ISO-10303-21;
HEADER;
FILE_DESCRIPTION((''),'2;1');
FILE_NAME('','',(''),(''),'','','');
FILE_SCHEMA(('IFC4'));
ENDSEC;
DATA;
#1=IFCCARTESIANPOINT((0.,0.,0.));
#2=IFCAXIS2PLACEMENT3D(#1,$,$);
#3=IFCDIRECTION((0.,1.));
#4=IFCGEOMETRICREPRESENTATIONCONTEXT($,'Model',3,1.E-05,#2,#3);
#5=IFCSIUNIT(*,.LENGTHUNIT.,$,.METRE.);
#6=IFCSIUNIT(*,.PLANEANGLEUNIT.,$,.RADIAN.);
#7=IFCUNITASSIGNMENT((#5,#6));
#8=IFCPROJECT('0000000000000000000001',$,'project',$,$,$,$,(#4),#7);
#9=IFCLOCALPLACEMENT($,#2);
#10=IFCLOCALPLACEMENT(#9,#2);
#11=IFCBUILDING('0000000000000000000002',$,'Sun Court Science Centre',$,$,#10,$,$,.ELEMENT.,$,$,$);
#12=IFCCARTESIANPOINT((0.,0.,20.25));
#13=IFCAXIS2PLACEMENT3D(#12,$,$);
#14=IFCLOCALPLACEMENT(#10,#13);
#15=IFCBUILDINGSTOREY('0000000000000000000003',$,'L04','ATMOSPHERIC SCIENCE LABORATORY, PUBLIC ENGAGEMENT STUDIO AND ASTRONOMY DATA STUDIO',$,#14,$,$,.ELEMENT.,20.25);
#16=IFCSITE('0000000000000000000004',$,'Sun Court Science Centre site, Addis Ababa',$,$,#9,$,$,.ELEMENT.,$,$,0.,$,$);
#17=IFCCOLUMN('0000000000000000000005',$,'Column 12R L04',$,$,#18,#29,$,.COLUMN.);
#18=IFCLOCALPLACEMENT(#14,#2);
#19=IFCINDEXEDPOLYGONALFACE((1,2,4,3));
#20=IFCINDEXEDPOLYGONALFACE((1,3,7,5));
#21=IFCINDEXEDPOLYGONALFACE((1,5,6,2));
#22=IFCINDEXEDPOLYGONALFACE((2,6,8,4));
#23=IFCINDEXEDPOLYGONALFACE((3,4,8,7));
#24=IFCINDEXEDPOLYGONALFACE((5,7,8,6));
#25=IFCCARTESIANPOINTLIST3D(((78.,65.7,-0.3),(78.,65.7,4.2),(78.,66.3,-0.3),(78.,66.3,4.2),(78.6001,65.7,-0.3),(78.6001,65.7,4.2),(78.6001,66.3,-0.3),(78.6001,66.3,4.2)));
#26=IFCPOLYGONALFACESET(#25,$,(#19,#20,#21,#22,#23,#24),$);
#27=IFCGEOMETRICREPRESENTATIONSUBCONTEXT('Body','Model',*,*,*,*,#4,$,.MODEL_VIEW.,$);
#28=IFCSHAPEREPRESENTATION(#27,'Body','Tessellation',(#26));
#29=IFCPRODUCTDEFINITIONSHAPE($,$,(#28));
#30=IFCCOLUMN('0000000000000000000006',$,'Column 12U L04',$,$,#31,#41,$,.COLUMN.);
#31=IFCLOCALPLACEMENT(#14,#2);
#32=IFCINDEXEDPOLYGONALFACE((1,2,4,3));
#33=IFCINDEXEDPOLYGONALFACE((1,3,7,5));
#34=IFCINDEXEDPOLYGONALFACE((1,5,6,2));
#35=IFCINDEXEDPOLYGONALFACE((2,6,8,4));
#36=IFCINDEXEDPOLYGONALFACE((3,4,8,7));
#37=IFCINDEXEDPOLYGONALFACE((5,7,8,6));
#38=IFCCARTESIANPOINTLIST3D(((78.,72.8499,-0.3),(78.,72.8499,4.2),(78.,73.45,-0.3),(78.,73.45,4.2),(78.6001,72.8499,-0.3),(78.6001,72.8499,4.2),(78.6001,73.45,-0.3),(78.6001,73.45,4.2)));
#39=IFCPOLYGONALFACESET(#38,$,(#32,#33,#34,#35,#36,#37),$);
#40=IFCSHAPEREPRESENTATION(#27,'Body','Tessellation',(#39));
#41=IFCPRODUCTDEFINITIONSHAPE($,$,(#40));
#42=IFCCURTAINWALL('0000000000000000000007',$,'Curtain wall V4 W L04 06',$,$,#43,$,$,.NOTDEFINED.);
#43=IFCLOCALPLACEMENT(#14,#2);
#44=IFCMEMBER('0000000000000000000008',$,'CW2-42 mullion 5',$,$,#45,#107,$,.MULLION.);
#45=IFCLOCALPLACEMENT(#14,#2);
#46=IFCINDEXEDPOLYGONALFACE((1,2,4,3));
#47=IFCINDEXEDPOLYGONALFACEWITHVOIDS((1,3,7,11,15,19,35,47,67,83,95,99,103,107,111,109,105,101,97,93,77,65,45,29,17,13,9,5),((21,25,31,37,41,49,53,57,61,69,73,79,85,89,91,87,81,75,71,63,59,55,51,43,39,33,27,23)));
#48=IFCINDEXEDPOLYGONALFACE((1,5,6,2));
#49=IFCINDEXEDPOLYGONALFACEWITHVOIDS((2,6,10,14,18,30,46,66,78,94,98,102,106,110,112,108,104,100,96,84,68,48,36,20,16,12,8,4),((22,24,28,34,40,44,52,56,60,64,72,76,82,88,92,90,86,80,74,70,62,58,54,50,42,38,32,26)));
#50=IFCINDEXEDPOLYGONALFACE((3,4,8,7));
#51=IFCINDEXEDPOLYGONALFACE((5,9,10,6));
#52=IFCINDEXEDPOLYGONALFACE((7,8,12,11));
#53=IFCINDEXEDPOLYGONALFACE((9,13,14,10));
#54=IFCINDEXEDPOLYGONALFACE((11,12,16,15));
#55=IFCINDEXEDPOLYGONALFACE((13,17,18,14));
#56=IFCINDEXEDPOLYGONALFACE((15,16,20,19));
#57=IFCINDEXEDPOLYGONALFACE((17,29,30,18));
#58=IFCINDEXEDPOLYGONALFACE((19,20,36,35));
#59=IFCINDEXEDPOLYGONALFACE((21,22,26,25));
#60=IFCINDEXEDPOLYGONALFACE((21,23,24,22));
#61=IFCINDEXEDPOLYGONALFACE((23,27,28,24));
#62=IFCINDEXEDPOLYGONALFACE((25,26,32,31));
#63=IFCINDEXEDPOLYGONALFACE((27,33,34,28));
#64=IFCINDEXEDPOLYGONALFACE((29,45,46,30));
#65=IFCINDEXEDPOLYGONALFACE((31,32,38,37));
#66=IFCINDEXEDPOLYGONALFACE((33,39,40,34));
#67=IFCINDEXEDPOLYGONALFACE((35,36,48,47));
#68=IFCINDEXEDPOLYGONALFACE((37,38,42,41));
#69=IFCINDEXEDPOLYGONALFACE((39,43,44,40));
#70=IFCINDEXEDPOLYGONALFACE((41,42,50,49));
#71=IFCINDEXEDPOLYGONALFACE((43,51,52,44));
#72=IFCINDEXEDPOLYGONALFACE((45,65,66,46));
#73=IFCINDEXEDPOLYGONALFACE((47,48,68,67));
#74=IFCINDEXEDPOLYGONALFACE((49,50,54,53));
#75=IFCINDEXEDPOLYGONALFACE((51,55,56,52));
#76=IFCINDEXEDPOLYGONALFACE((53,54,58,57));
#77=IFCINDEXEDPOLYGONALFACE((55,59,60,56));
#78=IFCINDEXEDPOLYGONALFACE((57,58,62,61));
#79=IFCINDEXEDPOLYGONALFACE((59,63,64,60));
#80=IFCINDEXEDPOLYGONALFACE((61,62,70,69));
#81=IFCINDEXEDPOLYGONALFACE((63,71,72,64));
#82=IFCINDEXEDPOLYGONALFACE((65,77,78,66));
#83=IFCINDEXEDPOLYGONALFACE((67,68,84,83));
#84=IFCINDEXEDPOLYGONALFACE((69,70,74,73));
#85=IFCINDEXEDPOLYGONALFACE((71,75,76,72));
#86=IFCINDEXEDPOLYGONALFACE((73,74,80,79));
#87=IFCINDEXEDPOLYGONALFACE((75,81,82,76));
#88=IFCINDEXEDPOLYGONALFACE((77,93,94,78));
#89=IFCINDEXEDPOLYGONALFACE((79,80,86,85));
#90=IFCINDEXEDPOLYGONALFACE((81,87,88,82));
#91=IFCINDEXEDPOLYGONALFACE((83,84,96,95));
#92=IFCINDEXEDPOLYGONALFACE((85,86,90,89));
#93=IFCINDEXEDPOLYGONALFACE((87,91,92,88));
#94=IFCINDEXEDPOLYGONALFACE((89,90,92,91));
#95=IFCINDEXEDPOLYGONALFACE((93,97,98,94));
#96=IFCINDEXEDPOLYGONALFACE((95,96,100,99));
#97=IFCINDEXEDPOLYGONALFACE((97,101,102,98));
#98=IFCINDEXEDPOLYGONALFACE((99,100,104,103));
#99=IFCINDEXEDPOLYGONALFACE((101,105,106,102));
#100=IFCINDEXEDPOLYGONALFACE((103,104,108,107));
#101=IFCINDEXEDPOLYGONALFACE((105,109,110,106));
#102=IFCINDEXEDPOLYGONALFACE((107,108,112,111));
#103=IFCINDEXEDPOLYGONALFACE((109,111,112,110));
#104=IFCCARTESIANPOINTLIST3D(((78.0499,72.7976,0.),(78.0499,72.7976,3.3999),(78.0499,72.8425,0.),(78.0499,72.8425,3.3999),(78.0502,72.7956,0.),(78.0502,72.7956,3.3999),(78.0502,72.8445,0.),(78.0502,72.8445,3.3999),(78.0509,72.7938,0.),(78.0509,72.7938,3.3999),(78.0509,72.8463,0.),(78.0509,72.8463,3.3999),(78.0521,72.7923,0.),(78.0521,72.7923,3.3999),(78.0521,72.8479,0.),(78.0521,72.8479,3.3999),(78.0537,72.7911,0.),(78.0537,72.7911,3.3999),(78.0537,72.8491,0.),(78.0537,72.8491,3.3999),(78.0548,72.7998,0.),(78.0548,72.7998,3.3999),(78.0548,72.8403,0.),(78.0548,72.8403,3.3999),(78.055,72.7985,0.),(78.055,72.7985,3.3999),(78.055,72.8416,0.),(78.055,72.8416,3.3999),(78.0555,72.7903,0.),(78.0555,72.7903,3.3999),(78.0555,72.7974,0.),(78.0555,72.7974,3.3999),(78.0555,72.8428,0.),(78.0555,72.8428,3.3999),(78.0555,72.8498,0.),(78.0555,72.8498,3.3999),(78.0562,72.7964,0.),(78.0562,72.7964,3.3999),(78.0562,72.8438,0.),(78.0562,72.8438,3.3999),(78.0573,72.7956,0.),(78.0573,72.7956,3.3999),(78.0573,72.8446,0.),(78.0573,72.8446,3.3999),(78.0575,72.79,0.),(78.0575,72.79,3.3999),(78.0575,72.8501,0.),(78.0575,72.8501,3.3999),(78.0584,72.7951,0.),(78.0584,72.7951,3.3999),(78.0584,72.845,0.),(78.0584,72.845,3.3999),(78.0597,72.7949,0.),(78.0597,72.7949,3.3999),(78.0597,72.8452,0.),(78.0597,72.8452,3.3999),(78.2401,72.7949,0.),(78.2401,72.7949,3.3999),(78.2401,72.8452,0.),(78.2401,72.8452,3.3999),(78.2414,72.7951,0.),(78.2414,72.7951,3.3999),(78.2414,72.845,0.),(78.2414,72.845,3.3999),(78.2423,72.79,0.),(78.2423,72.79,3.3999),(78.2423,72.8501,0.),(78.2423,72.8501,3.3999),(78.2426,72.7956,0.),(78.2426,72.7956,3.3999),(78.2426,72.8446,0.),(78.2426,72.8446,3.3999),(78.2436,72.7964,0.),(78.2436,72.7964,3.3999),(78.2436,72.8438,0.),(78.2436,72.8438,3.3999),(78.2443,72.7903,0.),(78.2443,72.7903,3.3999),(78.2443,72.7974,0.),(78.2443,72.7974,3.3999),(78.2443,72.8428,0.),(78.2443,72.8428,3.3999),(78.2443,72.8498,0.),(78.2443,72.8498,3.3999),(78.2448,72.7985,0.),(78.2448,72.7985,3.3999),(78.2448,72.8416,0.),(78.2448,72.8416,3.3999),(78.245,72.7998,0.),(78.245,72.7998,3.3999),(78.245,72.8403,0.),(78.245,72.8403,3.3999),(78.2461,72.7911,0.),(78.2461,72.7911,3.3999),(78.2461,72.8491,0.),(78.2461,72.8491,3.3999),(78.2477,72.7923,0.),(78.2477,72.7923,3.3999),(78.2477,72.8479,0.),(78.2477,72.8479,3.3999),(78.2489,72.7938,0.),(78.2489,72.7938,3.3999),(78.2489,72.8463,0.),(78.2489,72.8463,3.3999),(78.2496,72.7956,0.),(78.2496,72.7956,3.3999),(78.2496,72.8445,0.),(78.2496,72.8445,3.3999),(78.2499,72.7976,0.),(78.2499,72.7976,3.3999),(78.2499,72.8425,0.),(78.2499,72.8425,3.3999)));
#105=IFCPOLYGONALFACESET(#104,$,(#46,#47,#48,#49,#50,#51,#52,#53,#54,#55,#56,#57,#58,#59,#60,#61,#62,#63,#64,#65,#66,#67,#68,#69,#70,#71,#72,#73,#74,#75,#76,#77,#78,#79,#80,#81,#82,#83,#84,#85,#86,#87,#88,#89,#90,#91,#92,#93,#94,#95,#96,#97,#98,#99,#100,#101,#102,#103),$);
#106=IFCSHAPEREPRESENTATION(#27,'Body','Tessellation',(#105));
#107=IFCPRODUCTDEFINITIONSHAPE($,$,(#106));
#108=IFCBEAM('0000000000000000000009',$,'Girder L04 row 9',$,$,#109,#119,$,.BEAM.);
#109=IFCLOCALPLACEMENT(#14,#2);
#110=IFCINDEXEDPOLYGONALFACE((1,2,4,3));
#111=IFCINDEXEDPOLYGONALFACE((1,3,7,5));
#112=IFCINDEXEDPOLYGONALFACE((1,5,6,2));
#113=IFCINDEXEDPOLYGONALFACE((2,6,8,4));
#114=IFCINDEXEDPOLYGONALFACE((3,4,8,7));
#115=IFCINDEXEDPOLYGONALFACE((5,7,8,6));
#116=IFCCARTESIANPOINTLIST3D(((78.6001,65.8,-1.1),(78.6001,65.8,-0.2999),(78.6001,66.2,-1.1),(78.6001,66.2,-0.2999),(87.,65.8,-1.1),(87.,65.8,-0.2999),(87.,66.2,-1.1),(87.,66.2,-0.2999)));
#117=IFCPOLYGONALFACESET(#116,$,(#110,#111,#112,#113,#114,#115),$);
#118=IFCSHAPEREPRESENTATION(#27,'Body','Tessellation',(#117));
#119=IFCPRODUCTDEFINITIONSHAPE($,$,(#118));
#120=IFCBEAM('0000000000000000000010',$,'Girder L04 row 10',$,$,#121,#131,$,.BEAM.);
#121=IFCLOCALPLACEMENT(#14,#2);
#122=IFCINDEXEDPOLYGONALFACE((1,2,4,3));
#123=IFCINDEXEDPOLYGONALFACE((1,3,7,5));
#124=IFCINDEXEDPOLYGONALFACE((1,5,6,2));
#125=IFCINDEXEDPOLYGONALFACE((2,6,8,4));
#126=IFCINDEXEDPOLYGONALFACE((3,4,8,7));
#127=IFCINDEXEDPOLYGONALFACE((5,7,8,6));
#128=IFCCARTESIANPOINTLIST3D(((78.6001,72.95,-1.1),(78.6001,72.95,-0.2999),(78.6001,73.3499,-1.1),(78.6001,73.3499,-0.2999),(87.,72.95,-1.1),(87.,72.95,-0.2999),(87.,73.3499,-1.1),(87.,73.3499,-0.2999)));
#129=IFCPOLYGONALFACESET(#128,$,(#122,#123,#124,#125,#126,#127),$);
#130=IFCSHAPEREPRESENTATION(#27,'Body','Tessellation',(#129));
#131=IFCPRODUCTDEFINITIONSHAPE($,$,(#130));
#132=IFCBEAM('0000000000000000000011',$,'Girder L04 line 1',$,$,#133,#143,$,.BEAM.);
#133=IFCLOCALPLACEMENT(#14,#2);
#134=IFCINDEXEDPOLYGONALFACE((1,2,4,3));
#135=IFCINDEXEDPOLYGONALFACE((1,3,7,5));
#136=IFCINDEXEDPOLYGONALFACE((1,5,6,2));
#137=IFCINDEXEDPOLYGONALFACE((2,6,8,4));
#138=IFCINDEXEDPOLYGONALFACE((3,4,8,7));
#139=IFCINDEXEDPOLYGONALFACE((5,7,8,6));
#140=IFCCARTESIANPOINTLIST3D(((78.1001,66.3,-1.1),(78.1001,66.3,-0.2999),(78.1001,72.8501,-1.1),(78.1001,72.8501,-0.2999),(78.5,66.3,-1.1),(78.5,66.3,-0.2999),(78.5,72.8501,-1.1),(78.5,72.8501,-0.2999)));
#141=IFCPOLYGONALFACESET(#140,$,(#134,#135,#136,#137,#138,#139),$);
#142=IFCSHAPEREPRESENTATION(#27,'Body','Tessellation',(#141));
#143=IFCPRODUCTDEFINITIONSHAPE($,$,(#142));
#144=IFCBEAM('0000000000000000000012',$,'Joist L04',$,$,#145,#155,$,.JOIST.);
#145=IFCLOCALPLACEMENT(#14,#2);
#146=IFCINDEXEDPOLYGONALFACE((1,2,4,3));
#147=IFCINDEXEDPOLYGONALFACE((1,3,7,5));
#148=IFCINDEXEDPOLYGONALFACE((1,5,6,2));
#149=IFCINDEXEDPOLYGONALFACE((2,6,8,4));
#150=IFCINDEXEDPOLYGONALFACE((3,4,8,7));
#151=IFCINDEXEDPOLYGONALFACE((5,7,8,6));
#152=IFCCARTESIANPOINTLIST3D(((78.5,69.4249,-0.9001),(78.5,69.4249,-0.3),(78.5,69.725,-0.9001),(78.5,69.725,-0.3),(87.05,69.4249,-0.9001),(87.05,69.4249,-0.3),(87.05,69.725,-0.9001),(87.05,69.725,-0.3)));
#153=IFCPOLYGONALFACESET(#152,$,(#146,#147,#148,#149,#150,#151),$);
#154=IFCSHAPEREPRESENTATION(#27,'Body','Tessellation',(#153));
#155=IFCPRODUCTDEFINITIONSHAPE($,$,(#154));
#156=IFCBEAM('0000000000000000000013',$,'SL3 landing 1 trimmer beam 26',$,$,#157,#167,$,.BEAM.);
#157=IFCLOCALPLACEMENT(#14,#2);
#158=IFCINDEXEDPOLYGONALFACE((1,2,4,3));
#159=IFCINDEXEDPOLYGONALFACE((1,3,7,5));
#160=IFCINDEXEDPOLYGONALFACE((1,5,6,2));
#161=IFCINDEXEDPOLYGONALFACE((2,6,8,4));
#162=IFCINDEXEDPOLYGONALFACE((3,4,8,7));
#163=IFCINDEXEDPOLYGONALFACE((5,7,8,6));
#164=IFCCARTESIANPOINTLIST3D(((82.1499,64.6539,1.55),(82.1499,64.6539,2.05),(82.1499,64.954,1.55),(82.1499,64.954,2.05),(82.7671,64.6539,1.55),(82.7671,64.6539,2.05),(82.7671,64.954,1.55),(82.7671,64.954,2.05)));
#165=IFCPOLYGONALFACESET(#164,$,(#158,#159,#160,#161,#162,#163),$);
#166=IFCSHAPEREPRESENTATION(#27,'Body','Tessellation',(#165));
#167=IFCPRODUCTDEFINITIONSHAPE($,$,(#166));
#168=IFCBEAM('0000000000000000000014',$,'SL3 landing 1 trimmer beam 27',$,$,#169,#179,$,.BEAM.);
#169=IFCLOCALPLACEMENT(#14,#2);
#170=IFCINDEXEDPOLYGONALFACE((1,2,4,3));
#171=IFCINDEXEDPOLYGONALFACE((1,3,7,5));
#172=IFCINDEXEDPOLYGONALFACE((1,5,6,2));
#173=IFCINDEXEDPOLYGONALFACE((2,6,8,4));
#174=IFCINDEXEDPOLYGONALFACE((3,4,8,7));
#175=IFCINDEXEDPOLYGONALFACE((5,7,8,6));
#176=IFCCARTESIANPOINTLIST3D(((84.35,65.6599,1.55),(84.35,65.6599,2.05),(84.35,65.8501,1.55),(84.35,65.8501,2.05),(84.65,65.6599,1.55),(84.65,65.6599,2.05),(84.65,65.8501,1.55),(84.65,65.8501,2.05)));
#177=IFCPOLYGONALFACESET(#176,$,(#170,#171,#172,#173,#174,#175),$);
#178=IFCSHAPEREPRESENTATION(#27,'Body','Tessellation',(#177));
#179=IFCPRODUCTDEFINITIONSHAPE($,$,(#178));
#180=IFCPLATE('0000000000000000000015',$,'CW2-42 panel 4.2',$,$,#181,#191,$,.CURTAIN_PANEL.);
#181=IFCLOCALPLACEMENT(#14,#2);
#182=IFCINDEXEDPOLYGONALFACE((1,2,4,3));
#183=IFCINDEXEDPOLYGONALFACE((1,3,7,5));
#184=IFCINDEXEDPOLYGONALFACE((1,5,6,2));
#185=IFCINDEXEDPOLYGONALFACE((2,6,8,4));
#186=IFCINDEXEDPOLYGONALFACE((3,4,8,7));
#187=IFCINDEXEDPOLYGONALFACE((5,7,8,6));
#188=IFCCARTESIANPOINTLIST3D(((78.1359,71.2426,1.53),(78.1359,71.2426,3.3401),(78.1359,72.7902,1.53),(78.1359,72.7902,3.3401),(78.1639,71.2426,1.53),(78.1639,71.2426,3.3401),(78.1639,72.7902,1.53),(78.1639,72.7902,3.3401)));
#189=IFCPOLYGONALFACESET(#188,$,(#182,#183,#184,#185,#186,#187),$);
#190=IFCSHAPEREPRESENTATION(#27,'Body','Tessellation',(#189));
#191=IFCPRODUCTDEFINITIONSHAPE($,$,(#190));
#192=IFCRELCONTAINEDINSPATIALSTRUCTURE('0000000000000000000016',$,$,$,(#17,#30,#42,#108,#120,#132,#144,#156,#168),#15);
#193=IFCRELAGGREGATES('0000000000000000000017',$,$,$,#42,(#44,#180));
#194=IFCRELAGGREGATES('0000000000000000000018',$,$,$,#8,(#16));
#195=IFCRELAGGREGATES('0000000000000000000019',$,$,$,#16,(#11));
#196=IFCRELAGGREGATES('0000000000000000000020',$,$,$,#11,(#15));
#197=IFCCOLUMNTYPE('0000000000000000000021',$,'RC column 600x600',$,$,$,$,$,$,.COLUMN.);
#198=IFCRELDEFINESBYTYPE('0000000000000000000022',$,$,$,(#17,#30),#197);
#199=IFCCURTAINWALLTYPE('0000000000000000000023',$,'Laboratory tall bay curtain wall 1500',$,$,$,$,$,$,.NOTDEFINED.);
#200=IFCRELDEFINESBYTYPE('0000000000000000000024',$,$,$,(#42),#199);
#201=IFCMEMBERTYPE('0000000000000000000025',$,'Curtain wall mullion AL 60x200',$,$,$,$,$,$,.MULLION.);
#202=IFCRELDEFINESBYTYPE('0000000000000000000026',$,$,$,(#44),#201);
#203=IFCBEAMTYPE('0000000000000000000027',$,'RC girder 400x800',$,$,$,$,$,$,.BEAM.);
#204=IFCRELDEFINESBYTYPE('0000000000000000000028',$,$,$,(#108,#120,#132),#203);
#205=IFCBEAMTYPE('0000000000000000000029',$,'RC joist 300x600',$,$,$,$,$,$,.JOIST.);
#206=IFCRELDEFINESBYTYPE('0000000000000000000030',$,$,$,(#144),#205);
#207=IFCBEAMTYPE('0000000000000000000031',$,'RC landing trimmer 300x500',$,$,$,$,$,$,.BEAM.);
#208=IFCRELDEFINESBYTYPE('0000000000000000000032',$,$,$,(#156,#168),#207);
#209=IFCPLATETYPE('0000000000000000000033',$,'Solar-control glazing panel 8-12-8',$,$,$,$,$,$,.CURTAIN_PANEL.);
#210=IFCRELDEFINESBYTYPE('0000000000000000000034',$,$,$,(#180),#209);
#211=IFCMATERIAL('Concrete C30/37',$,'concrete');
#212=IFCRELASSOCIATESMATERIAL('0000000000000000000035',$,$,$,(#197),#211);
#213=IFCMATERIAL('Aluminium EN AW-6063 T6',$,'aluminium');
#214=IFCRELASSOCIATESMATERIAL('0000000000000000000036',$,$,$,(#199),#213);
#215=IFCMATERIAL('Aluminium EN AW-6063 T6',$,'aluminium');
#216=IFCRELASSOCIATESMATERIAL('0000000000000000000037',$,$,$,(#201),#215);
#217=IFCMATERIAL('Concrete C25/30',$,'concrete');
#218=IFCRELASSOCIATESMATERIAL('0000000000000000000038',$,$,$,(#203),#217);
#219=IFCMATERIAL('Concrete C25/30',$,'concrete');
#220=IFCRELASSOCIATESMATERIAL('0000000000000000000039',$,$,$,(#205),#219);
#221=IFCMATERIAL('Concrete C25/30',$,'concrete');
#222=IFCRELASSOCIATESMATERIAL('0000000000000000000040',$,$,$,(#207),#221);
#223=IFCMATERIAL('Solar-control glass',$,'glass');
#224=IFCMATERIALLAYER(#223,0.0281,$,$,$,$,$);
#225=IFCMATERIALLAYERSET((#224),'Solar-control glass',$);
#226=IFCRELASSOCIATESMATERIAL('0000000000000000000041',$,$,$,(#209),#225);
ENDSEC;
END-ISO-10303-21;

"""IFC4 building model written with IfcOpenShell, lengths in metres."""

from ifc_helpers import new_model, si_unit, direction, frame, origin, origin_2d, place, context, subcontext, project, spatial, rectangle, hollow_rectangle, extrude, material, layer, layer_set, material_profile, profile_set, type_object, element, aggregate, save


model = new_model("IFC4")

# Units and contexts
model_context = context("Model", 3, precision=1e-05, world=origin(), true_north=direction((0.0, 1.0)))
body_context = subcontext(model_context, "Body", "Model", "MODEL_VIEW")
ifc_project = project(units=[si_unit("LENGTHUNIT", "METRE"), si_unit("PLANEANGLEUNIT", "RADIAN")], contexts=[model_context])

# Site, building, storey
site_placement = place(None, origin())
site = spatial("IfcSite", under=ifc_project, at=site_placement, Name="Sun Court Science Centre site, Addis Ababa", CompositionType="ELEMENT", RefElevation=0.0)
building_placement = place(site_placement, origin())
building = spatial("IfcBuilding", under=site, at=building_placement, Name="Sun Court Science Centre", CompositionType="ELEMENT")
storey_placement = place(building_placement, frame((0.0, 0.0, 20.25)))
storey = spatial("IfcBuildingStorey", under=building, at=storey_placement, Name="L04", Description="ATMOSPHERIC SCIENCE LABORATORY, PUBLIC ENGAGEMENT STUDIO AND ASTRONOMY DATA STUDIO", CompositionType="ELEMENT", Elevation=20.25)

# Columns
ifc_material_1 = material(Name="Concrete C30/37", Category="concrete")
ifc_material_profile_1 = material_profile(ifc_material_1, rectangle(XDim=0.6001, YDim=0.6001, at=origin_2d()), Name="RC 600x600")
ifc_profile_set_1 = profile_set([ifc_material_profile_1], Name="Concrete C30/37")
column_type = type_object("IfcColumnType", Name="RC column 600x600", PredefinedType="COLUMN", material=ifc_profile_set_1)
for number, where, z_axis, x_axis, name in (
    (1, (78.3, 66.0, -0.3), (0.0, 0.0, 1.0), (1.0, 0.0, 0.0), "Column 12R L04"),
    (2, (78.3, 73.1499, -0.3), (0.0, 0.0, 1.0), (1.0, 0.0, 0.0), "Column 12U L04"),
):
    element("IfcColumn", number, at=place(storey_placement, frame(where, z_axis=z_axis, x_axis=x_axis)), inside=storey, type_object=column_type, Name=name, PredefinedType="COLUMN", context=body_context, shape_type="SweptSolid", body=[
        extrude(rectangle(XDim=0.6001, YDim=0.6001, at=origin_2d()), origin(), (0.0, 0.0, 1.0), 4.5),
    ])

# Curtain wall, member
ifc_material_2 = material(Name="Aluminium EN AW-6063 T6", Category="aluminium")
curtain_wall_type = type_object("IfcCurtainWallType", Name="Laboratory tall bay curtain wall 1500", PredefinedType="NOTDEFINED", material=ifc_material_2)
curtain_wall_placement = place(storey_placement, origin())
curtain_wall = element("IfcCurtainWall", 3, at=curtain_wall_placement, inside=storey, type_object=curtain_wall_type, Name="Curtain wall V4 W L04 06", PredefinedType="NOTDEFINED")
ifc_material_3 = material(Name="Aluminium EN AW-6063 T6", Category="aluminium")
ifc_material_profile_2 = material_profile(ifc_material_3, hollow_rectangle(XDim=0.0601, YDim=0.2, WallThickness=0.0049, InnerFilletRadius=0.0049, OuterFilletRadius=0.0076, at=origin_2d()), Name="AL 60x200x5")
ifc_profile_set_2 = profile_set([ifc_material_profile_2], Name="Aluminium EN AW-6063 T6")
member_type = type_object("IfcMemberType", Name="Curtain wall mullion AL 60x200", PredefinedType="MULLION", material=ifc_profile_set_2)
member_placement = place(storey_placement, frame((78.1499, 72.8201, 0.0), z_axis=(0.0, 0.0, 1.0), x_axis=(0.0, 1.0, 0.0)))
member = element("IfcMember", 4, at=member_placement, type_object=member_type, Name="CW2-42 mullion 5", PredefinedType="MULLION", context=body_context, shape_type="SweptSolid", body=[
    extrude(hollow_rectangle(XDim=0.0601, YDim=0.2, WallThickness=0.0049, InnerFilletRadius=0.0049, OuterFilletRadius=0.0076, at=origin_2d()), origin(), (0.0, 0.0, 1.0), 3.3999),
])

# Beams
ifc_material_4 = material(Name="Concrete C25/30", Category="concrete")
ifc_material_profile_3 = material_profile(ifc_material_4, rectangle(XDim=0.3999, YDim=0.8, at=origin_2d()), Name="RC 400x800")
ifc_profile_set_3 = profile_set([ifc_material_profile_3], Name="Concrete C25/30")
beam_type_1 = type_object("IfcBeamType", Name="RC girder 400x800", PredefinedType="BEAM", material=ifc_profile_set_3)
for number, where, z_axis, x_axis, name in (
    (5, (78.6001, 66.0, -0.7), (1.0, 0.0, 0.0), (0.0, 1.0, 0.0), "Girder L04 row 9"),
    (6, (78.6001, 73.1499, -0.7), (1.0, 0.0, 0.0), (0.0, 1.0, 0.0), "Girder L04 row 10"),
):
    element("IfcBeam", number, at=place(storey_placement, frame(where, z_axis=z_axis, x_axis=x_axis)), inside=storey, type_object=beam_type_1, Name=name, PredefinedType="BEAM", context=body_context, shape_type="SweptSolid", body=[
        extrude(rectangle(XDim=0.3999, YDim=0.8, at=origin_2d()), origin(), (0.0, 0.0, 1.0), 8.3999),
    ])
beam_1_placement = place(storey_placement, frame((78.3, 66.3, -0.7), z_axis=(0.0, 1.0, 0.0), x_axis=(-1.0, 0.0, 0.0)))
element("IfcBeam", 7, at=beam_1_placement, inside=storey, type_object=beam_type_1, Name="Girder L04 line 1", PredefinedType="BEAM", context=body_context, shape_type="SweptSolid", body=[
    extrude(rectangle(XDim=0.3999, YDim=0.8, at=origin_2d()), origin(), (0.0, 0.0, 1.0), 6.55),
])
ifc_material_5 = material(Name="Concrete C25/30", Category="concrete")
ifc_material_profile_4 = material_profile(ifc_material_5, rectangle(XDim=0.3, YDim=0.6001, at=origin_2d()), Name="RC 300x600")
ifc_profile_set_4 = profile_set([ifc_material_profile_4], Name="Concrete C25/30")
beam_type_2 = type_object("IfcBeamType", Name="RC joist 300x600", PredefinedType="JOIST", material=ifc_profile_set_4)
beam_2_placement = place(storey_placement, frame((78.5, 69.575, -0.6001), z_axis=(1.0, 0.0, 0.0), x_axis=(0.0, 1.0, 0.0)))
element("IfcBeam", 8, at=beam_2_placement, inside=storey, type_object=beam_type_2, Name="Joist L04", PredefinedType="JOIST", context=body_context, shape_type="SweptSolid", body=[
    extrude(rectangle(XDim=0.3, YDim=0.6001, at=origin_2d()), origin(), (0.0, 0.0, 1.0), 8.55),
])
ifc_material_6 = material(Name="Concrete C25/30", Category="concrete")
ifc_material_profile_5 = material_profile(ifc_material_6, rectangle(XDim=0.3, YDim=0.5, at=origin_2d()), Name="RC 300x500")
ifc_profile_set_5 = profile_set([ifc_material_profile_5], Name="Concrete C25/30")
beam_type_3 = type_object("IfcBeamType", Name="RC landing trimmer 300x500", PredefinedType="BEAM", material=ifc_profile_set_5)
beam_3_placement = place(storey_placement, frame((82.1499, 64.804, 1.8), z_axis=(1.0, 0.0, 0.0), x_axis=(0.0, 1.0, 0.0)))
element("IfcBeam", 9, at=beam_3_placement, inside=storey, type_object=beam_type_3, Name="SL3 landing 1 trimmer beam 26", PredefinedType="BEAM", context=body_context, shape_type="SweptSolid", body=[
    extrude(rectangle(XDim=0.3, YDim=0.5, at=origin_2d()), origin(), (0.0, 0.0, 1.0), 0.6172),
])
beam_4_placement = place(storey_placement, frame((84.5, 65.8501, 1.8), z_axis=(0.0, -1.0, 0.0), x_axis=(1.0, 0.0, 0.0)))
element("IfcBeam", 10, at=beam_4_placement, inside=storey, type_object=beam_type_3, Name="SL3 landing 1 trimmer beam 27", PredefinedType="BEAM", context=body_context, shape_type="SweptSolid", body=[
    extrude(rectangle(XDim=0.3, YDim=0.5, at=origin_2d()), origin(), (0.0, 0.0, 1.0), 0.1902),
])

# Plate
ifc_material_7 = material(Name="Solar-control glass", Category="glass")
ifc_layer_1 = layer(ifc_material_7, 0.0281)
ifc_layer_set_1 = layer_set([ifc_layer_1], Name="Solar-control glass")
plate_type = type_object("IfcPlateType", Name="Solar-control glazing panel 8-12-8", PredefinedType="CURTAIN_PANEL", material=ifc_layer_set_1)
plate_placement = place(storey_placement, frame((78.1499, 72.0164, 1.53), z_axis=(0.0, 0.0, 1.0), x_axis=(0.0, 1.0, 0.0)))
plate = element("IfcPlate", 11, at=plate_placement, type_object=plate_type, Name="CW2-42 panel 4.2", PredefinedType="CURTAIN_PANEL", context=body_context, shape_type="SweptSolid", body=[
    extrude(rectangle(XDim=1.5476, YDim=0.0281, at=origin_2d()), origin(), (0.0, 0.0, 1.0), 1.8101),
])
aggregate(curtain_wall, [member, plate])

save(model, "model.ifc")
